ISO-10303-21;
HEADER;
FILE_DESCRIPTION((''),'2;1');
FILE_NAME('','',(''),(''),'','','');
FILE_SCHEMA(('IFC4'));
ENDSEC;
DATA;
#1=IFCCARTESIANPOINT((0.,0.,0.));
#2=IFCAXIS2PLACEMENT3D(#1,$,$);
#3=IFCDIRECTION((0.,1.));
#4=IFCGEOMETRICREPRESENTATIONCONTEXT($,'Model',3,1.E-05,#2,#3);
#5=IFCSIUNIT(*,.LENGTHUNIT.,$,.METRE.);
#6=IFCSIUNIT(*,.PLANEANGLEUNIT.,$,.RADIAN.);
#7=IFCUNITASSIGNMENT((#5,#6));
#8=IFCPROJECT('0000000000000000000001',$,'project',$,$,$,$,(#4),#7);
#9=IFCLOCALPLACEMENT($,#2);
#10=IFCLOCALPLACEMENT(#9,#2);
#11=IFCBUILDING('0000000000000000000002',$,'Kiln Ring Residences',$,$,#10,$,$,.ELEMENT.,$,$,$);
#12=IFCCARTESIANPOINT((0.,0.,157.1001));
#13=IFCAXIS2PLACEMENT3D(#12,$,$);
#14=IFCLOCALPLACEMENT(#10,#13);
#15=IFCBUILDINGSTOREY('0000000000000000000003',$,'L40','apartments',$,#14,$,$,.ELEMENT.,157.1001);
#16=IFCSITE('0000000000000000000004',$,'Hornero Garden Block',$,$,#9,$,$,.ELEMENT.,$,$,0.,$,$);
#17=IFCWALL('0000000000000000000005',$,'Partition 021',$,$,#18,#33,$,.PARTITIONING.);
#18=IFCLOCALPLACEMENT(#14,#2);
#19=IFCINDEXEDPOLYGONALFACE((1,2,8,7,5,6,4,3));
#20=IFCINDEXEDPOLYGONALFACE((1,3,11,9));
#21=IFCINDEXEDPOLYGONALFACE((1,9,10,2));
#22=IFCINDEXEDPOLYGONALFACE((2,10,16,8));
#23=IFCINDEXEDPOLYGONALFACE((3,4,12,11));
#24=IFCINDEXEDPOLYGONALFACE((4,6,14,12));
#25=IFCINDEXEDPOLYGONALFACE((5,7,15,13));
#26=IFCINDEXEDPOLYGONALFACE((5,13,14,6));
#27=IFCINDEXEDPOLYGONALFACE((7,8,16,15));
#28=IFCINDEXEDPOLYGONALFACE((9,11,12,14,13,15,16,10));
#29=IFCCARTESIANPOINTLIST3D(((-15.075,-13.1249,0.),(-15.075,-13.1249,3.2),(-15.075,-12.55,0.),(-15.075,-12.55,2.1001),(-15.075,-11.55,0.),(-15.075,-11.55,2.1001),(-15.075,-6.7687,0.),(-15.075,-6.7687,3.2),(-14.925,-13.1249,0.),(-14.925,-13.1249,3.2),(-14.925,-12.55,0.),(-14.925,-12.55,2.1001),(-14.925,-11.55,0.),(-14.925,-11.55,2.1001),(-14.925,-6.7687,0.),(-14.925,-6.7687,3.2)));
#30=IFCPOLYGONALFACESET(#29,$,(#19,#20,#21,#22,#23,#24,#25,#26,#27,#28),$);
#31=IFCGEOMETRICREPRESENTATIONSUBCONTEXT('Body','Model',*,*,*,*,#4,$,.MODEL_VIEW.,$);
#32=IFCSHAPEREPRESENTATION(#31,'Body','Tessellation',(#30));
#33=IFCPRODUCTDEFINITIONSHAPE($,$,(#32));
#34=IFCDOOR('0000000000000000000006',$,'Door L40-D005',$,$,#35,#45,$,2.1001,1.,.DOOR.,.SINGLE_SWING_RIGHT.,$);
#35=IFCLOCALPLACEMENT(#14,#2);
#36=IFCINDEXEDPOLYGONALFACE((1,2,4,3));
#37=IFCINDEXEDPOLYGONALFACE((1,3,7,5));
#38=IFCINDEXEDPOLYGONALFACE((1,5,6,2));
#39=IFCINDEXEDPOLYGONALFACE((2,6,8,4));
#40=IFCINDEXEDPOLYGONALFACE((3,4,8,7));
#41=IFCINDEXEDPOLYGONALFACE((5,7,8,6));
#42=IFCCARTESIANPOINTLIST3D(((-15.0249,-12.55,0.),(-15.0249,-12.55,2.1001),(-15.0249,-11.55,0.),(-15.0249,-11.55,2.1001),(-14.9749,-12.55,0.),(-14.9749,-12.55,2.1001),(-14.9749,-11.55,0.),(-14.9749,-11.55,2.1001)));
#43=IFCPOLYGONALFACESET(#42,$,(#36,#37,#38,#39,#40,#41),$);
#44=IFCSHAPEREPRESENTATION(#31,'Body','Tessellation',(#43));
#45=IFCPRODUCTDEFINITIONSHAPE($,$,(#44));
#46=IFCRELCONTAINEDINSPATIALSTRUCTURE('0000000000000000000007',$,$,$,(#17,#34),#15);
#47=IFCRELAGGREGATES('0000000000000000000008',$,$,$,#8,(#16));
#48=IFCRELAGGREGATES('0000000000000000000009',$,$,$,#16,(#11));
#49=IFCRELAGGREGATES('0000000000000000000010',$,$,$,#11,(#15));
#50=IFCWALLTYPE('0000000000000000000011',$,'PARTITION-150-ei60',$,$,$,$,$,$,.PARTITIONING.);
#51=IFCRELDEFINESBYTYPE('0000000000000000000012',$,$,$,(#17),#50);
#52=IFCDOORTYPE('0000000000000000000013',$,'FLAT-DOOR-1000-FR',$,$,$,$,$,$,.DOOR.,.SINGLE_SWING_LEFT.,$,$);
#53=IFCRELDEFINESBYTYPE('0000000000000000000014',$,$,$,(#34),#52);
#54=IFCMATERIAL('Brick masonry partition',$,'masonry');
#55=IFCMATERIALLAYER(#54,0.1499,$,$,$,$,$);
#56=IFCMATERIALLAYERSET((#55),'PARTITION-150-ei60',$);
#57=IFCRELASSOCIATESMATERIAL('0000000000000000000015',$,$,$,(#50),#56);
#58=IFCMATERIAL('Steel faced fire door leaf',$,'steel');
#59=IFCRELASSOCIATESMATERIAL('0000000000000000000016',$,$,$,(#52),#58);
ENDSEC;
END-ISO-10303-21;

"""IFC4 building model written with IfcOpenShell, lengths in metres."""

from ifc_helpers import new_model, si_unit, direction, frame, frame_2d, origin, place, context, subcontext, project, spatial, rectangle, extrude, material, layer, layer_set, type_object, element, fill, save


model = new_model("IFC4")

# Units and contexts
model_context = context("Model", 3, precision=1e-05, world=origin(), true_north=direction((0.0, 1.0)))
body_context = subcontext(model_context, "Body", "Model", "MODEL_VIEW")
ifc_project = project(units=[si_unit("LENGTHUNIT", "METRE"), si_unit("PLANEANGLEUNIT", "RADIAN")], contexts=[model_context])

# Site, building, storey
site_placement = place(None, origin())
site = spatial("IfcSite", under=ifc_project, at=site_placement, Name="Hornero Garden Block", CompositionType="ELEMENT", RefElevation=0.0)
building_placement = place(site_placement, origin())
building = spatial("IfcBuilding", under=site, at=building_placement, Name="Kiln Ring Residences", CompositionType="ELEMENT")
storey_placement = place(building_placement, frame((0.0, 0.0, 157.1001)))
storey = spatial("IfcBuildingStorey", under=building, at=storey_placement, Name="L40", Description="apartments", CompositionType="ELEMENT", Elevation=157.1001)

# Shared definitions
ifc_material_1 = material(Name="Brick masonry partition", Category="masonry")
ifc_layer_1 = layer(ifc_material_1, 0.1499)
ifc_layer_set_1 = layer_set([ifc_layer_1], Name="PARTITION-150-ei60")
wall_type_1 = type_object("IfcWallType", Name="PARTITION-150-ei60", PredefinedType="PARTITIONING", material=ifc_layer_set_1)
ifc_material_2 = material(Name="Steel faced fire door leaf", Category="steel")
door_type = type_object("IfcDoorType", Name="FLAT-DOOR-1000-FR", OperationType="SINGLE_SWING_LEFT", PredefinedType="DOOR", material=ifc_material_2)

# Wall, opening, door
wall_1_placement = place(storey_placement, frame((-15.0, -13.125, 0.0), z_axis=(0.0, 0.0, 1.0), x_axis=(0.0, 1.0, 0.0)))
wall_1 = element("IfcWall", 1, at=wall_1_placement, inside=storey, type_object=wall_type_1, Name="Partition 021", PredefinedType="PARTITIONING", context=body_context, shape_type="SweptSolid", body=[
    extrude(rectangle(XDim=6.3562, YDim=0.1499, at=frame_2d((3.1782, 0.0))), origin(), (0.0, 0.0, 1.0), 3.2),
])
opening_1_placement = place(wall_1_placement, frame((0.575, 0.0, 0.0)))
opening_1 = element("IfcOpeningElement", 2, at=opening_1_placement, cuts=wall_1, PredefinedType="OPENING", context=body_context, shape_type="SweptSolid", body=[
    extrude(rectangle(XDim=1.0, YDim=2.1001, at=frame_2d((0.5, 1.05))), frame((0.0, 0.085, 0.0), z_axis=(0.0, -1.0, 0.0), x_axis=(1.0, 0.0, 0.0)), (0.0, 0.0, 1.0), 0.1699),
])
door_1_placement = place(opening_1_placement, origin())
door_1 = element("IfcDoor", 3, at=door_1_placement, inside=storey, type_object=door_type, Name="Door L40-D005", OperationType="SINGLE_SWING_RIGHT", OverallHeight=2.1001, OverallWidth=1.0, PredefinedType="DOOR", context=body_context, shape_type="SweptSolid", body=[
    extrude(rectangle(XDim=1.0, YDim=2.1001, at=frame_2d((0.5, 1.05))), frame((0.0, 0.0249, 0.0), z_axis=(0.0, -1.0, 0.0), x_axis=(1.0, 0.0, 0.0)), (0.0, 0.0, 1.0), 0.05),
])
fill(opening_1, door_1)

save(model, "model.ifc")
